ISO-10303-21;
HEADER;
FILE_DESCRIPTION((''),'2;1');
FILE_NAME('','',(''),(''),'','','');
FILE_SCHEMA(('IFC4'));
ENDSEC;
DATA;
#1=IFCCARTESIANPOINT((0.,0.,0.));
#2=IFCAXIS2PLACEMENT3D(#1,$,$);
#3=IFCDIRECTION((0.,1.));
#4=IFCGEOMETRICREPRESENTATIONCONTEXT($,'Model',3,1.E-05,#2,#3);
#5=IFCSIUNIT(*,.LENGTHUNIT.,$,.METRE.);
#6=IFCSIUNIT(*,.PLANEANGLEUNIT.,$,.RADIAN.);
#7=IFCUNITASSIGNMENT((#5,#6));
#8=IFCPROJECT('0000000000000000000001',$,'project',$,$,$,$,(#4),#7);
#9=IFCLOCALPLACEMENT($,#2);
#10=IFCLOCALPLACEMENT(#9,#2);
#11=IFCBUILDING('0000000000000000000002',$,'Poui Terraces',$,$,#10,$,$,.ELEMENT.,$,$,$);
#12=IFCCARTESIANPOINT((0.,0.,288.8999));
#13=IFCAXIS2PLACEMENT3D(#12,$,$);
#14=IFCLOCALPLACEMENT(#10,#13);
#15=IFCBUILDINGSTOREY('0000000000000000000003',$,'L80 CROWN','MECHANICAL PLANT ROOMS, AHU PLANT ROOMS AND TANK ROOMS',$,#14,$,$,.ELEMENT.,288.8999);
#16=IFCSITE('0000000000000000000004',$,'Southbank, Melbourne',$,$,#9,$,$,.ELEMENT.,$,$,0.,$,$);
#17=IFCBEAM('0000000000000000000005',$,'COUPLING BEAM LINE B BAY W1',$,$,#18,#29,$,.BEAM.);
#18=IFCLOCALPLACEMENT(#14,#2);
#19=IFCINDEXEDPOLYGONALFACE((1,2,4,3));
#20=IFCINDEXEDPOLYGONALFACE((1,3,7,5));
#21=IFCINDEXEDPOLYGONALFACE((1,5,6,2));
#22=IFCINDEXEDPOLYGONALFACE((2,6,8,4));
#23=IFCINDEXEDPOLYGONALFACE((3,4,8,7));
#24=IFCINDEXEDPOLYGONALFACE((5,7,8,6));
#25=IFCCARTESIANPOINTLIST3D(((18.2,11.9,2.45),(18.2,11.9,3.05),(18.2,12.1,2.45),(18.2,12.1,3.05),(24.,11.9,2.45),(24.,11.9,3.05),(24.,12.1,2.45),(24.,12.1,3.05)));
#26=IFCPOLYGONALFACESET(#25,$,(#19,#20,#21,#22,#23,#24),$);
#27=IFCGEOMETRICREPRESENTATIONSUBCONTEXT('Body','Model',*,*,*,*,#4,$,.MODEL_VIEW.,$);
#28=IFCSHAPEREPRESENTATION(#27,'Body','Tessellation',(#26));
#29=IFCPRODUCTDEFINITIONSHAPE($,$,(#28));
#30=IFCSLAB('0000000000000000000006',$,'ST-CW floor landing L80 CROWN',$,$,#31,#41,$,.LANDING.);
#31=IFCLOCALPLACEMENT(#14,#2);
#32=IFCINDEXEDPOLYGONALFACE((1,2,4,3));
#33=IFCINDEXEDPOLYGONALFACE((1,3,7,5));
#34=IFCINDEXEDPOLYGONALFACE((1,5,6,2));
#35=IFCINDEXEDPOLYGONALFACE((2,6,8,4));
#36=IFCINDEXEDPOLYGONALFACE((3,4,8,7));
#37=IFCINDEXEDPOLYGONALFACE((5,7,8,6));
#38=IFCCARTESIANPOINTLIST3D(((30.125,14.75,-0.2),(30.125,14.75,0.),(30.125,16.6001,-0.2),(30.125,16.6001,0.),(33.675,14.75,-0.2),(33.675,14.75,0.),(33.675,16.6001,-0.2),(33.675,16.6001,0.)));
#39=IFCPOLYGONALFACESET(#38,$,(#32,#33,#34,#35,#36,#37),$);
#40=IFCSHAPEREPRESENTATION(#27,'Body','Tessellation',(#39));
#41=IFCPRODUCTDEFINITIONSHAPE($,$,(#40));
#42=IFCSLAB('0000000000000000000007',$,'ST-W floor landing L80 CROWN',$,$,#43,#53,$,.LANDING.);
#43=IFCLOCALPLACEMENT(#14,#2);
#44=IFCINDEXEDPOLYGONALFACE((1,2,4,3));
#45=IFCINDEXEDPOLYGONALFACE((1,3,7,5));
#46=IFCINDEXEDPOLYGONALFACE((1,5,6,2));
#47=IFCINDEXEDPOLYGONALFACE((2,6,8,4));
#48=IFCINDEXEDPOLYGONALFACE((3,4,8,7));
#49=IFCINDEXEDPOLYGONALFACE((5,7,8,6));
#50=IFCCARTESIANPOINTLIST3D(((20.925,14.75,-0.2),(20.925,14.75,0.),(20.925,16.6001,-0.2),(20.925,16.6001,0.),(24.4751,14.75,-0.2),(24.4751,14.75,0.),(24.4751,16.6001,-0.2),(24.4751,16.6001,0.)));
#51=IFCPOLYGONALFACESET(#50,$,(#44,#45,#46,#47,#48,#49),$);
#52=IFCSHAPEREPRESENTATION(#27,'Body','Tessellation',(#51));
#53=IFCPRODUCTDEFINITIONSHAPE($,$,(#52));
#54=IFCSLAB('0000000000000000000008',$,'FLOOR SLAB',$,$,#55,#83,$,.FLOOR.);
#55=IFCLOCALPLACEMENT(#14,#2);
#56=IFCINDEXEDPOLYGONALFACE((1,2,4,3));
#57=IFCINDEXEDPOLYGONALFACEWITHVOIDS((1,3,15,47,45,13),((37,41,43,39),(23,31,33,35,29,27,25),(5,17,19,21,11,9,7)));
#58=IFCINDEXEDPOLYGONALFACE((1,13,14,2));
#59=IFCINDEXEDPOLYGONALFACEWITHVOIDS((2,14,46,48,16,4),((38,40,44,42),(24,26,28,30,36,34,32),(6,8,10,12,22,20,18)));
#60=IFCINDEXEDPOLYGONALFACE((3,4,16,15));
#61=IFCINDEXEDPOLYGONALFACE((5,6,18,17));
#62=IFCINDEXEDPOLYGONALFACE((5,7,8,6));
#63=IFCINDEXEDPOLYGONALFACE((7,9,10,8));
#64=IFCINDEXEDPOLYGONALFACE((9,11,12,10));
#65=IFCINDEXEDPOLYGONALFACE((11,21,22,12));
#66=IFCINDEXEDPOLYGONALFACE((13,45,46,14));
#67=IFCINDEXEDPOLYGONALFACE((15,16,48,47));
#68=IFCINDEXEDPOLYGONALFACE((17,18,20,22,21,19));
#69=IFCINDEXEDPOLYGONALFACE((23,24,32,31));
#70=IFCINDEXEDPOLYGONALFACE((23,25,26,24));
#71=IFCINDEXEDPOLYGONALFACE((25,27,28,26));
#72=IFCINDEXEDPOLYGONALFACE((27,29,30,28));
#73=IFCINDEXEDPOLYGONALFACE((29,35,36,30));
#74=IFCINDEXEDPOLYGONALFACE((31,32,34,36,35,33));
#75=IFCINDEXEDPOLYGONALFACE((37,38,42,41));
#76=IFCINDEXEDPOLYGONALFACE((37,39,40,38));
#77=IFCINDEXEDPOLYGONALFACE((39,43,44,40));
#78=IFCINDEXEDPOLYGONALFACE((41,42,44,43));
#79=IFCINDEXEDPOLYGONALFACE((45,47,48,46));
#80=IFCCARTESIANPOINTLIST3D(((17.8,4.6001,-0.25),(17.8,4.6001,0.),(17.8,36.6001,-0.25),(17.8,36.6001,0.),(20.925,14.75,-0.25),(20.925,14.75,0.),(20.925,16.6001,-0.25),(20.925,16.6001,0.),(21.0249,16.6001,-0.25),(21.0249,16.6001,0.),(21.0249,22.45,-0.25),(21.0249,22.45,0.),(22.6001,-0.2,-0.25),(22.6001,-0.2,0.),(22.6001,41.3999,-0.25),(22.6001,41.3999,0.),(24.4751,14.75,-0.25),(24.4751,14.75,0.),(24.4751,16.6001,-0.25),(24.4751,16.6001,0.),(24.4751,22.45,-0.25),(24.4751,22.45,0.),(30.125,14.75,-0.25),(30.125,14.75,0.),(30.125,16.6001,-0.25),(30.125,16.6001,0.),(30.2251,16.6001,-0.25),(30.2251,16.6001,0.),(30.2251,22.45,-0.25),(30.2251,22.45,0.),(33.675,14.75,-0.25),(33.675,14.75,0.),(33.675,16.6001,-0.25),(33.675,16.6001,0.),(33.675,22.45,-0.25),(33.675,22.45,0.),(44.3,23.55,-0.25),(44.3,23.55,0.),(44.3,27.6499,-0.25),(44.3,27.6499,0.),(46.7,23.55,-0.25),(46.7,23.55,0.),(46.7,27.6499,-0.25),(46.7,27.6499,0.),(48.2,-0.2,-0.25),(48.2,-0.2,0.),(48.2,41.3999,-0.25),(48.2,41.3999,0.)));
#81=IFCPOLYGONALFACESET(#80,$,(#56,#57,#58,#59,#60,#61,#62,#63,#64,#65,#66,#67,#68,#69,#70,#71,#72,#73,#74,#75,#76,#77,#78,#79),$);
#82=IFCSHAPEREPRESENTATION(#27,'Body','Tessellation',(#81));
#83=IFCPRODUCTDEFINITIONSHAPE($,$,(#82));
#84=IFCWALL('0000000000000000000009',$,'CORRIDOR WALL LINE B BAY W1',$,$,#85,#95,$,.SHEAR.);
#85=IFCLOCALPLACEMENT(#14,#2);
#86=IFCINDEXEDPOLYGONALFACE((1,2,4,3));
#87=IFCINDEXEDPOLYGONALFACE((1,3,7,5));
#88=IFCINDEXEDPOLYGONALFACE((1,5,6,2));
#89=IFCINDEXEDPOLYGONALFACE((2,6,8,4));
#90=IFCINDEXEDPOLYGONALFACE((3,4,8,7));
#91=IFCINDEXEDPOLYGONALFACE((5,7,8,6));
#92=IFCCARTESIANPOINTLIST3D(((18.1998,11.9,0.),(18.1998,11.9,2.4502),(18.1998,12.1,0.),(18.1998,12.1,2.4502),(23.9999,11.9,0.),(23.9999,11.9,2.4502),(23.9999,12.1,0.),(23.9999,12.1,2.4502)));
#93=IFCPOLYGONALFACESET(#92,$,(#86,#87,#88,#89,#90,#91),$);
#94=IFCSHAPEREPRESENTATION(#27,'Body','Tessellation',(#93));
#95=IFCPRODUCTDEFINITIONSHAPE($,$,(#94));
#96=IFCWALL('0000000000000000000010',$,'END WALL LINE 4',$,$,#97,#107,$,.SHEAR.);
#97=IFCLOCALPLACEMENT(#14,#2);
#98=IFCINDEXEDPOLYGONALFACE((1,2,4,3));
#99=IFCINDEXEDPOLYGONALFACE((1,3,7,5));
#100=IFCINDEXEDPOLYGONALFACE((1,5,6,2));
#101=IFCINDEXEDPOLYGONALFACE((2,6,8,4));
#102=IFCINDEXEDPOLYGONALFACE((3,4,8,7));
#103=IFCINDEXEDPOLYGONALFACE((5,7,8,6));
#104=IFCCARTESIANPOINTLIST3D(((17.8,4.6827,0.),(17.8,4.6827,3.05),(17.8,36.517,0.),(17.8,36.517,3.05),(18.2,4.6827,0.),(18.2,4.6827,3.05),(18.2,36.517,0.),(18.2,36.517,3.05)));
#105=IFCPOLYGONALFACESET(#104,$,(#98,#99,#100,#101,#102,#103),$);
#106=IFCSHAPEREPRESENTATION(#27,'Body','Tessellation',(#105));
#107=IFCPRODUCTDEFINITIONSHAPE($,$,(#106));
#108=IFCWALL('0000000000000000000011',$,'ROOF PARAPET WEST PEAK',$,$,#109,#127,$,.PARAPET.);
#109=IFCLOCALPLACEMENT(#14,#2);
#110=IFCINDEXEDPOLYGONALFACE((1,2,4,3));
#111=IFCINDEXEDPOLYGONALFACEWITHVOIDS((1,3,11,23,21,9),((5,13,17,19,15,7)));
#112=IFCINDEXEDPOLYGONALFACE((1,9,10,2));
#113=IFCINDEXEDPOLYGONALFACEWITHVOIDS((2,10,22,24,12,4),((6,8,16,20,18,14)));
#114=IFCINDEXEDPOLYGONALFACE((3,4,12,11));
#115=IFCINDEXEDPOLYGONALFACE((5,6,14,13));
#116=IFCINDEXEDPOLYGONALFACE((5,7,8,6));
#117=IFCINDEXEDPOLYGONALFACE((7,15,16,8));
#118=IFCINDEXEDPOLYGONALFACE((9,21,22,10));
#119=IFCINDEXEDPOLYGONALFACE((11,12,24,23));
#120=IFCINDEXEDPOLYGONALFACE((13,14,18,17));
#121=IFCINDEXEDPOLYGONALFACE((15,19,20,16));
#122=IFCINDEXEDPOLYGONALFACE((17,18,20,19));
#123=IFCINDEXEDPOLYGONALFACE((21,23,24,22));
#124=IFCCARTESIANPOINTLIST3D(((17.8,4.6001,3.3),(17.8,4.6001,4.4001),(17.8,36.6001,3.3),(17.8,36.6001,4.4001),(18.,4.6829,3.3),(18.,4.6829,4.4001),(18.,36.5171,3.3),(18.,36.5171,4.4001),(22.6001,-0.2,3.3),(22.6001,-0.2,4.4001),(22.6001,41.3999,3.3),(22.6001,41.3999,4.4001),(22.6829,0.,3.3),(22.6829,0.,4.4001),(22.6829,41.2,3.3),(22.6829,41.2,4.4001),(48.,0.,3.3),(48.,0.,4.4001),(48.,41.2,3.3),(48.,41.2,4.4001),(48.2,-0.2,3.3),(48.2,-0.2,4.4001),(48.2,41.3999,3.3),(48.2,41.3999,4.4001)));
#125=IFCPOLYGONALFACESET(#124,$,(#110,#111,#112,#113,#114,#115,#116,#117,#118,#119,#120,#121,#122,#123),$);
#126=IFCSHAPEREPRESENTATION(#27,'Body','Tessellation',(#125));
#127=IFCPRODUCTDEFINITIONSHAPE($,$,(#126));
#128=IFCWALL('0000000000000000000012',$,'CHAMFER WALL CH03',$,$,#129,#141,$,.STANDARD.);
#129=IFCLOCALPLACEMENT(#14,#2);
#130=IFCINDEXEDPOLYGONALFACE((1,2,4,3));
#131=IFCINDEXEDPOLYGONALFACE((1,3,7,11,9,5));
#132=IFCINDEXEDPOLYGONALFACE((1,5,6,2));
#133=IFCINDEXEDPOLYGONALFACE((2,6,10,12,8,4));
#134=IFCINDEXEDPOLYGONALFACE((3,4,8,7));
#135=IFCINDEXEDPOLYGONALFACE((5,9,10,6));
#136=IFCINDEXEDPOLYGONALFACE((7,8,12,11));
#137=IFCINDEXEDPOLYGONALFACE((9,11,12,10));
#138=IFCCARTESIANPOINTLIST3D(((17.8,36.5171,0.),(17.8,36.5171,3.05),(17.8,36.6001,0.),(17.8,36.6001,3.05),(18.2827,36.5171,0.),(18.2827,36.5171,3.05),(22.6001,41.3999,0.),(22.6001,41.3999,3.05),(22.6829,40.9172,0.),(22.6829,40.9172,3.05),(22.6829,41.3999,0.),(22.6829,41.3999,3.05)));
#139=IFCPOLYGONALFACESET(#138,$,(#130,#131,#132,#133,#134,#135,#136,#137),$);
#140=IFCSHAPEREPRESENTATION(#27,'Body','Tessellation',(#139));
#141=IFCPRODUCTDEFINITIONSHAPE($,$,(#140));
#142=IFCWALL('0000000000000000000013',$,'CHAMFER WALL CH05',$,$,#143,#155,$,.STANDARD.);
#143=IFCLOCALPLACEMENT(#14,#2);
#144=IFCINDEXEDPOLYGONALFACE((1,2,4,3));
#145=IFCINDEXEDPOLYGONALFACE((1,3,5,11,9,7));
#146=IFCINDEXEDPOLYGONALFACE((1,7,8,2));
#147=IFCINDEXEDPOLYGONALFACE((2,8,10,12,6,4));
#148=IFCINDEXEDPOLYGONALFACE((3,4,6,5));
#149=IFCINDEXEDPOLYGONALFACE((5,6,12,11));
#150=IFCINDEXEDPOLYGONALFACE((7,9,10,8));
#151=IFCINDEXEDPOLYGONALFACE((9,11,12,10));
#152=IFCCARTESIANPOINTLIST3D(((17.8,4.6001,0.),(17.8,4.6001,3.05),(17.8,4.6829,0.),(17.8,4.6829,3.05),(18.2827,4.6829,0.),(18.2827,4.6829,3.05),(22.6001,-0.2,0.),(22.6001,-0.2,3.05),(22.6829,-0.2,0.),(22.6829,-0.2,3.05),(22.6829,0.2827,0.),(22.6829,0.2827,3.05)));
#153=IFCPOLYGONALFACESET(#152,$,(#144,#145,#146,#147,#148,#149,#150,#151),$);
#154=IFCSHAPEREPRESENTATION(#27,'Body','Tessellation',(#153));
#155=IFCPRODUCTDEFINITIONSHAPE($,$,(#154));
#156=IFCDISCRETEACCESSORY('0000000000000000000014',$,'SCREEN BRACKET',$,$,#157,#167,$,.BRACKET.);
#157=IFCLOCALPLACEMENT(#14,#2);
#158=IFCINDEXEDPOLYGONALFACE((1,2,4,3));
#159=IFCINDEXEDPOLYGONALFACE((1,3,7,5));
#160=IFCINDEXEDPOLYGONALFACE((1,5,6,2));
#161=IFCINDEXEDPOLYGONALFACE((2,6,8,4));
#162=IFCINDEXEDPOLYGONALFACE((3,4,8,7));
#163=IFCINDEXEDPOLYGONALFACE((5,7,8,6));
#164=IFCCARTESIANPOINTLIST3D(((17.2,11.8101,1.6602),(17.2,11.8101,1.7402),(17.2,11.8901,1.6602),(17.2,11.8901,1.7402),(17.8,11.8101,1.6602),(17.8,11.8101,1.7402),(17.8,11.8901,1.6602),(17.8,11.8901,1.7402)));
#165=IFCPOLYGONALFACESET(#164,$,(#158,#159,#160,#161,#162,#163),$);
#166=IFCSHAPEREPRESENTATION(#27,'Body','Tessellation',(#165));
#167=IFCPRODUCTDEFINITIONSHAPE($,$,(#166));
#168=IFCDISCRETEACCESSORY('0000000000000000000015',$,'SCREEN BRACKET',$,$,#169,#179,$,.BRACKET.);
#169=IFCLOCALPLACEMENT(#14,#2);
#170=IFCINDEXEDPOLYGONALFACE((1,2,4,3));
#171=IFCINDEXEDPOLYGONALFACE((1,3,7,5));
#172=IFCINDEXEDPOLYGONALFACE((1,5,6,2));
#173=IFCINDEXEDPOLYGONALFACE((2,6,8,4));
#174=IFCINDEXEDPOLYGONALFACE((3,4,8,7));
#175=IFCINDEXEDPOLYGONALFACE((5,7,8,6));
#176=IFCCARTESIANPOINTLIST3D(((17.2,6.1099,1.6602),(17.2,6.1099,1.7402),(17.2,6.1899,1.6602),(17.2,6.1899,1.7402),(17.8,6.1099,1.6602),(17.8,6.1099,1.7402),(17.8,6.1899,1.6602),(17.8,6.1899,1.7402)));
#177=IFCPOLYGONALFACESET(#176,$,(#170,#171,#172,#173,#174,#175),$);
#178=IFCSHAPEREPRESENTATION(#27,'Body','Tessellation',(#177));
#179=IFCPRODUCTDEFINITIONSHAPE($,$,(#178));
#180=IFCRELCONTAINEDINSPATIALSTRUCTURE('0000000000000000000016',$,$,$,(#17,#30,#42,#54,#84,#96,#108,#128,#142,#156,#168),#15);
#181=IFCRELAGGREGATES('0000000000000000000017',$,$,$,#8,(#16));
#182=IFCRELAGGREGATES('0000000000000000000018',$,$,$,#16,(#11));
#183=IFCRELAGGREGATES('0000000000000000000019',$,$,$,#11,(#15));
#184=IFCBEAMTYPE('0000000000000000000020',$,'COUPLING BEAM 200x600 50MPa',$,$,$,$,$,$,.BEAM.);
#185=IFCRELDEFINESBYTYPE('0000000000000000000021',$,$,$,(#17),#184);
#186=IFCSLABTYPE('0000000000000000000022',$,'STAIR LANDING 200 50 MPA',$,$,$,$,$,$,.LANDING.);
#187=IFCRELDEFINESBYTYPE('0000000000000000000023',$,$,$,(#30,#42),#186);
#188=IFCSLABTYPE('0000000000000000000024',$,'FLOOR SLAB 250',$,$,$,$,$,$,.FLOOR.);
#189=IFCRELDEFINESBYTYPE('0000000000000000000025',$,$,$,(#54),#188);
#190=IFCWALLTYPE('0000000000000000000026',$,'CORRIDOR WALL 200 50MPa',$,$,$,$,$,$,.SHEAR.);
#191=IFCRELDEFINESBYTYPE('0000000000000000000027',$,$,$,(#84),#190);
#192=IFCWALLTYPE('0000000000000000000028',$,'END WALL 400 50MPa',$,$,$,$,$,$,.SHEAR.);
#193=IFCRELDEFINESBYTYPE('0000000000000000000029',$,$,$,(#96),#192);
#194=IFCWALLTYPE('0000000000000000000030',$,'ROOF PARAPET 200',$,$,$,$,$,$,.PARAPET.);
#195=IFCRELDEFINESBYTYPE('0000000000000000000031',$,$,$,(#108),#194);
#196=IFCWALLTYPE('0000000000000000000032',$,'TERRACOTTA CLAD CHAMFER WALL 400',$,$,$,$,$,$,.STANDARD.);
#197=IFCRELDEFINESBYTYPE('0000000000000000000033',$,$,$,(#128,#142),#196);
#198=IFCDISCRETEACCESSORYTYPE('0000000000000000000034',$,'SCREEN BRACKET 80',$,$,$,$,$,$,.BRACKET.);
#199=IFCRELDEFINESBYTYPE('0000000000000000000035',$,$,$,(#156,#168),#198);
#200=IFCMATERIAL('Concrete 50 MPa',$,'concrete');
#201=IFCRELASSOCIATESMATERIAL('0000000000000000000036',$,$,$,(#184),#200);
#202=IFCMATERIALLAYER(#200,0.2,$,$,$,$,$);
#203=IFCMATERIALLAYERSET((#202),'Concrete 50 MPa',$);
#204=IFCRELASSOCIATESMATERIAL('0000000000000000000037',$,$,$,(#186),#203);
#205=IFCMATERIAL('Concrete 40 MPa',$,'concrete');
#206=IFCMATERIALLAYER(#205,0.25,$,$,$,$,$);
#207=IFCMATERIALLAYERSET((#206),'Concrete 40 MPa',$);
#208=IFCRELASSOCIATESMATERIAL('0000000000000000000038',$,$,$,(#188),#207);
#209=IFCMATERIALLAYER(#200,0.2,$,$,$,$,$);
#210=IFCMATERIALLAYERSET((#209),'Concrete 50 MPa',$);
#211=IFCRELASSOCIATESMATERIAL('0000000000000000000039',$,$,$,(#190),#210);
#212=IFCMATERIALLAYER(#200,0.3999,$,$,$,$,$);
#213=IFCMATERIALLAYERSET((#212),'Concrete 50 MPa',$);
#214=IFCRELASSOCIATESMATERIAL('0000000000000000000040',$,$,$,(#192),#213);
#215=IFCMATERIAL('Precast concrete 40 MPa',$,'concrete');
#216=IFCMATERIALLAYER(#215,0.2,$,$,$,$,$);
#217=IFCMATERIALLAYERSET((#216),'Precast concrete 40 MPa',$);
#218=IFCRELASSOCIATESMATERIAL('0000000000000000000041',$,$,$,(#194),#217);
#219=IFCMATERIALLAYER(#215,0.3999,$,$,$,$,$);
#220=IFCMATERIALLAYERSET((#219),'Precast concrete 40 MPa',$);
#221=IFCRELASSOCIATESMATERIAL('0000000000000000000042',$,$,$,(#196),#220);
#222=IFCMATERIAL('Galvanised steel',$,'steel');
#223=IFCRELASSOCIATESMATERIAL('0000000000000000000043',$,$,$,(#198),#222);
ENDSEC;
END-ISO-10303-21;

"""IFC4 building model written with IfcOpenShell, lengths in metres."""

from ifc_helpers import new_model, si_unit, direction, frame, frame_2d, origin, origin_2d, place, context, subcontext, project, spatial, polyline, rectangle, outline, extrude, source, transform, mapped, material, layer, layer_set, material_profile, profile_set, type_object, element, save


model = new_model("IFC4")

# Units and contexts
model_context = context("Model", 3, precision=1e-05, world=origin(), true_north=direction((0.0, 1.0)))
body_context = subcontext(model_context, "Body", "Model", "MODEL_VIEW")
ifc_project = project(units=[si_unit("LENGTHUNIT", "METRE"), si_unit("PLANEANGLEUNIT", "RADIAN")], contexts=[model_context])

# Site, building, storey
site_placement = place(None, origin())
site = spatial("IfcSite", under=ifc_project, at=site_placement, Name="Southbank, Melbourne", CompositionType="ELEMENT", RefElevation=0.0)
building_placement = place(site_placement, origin())
building = spatial("IfcBuilding", under=site, at=building_placement, Name="Poui Terraces", CompositionType="ELEMENT")
storey_placement = place(building_placement, frame((0.0, 0.0, 288.8999)))
storey = spatial("IfcBuildingStorey", under=building, at=storey_placement, Name="L80 CROWN", Description="MECHANICAL PLANT ROOMS, AHU PLANT ROOMS AND TANK ROOMS", CompositionType="ELEMENT", Elevation=288.8999)

# Beam
ifc_material_1 = material(Name="Concrete 50 MPa", Category="concrete")
ifc_material_profile_1 = material_profile(ifc_material_1, rectangle(XDim=0.2, YDim=0.6001, at=origin_2d()), Name="RC 200x600")
ifc_profile_set_1 = profile_set([ifc_material_profile_1], Name="Concrete 50 MPa")
beam_type = type_object("IfcBeamType", Name="COUPLING BEAM 200x600 50MPa", PredefinedType="BEAM", material=ifc_profile_set_1)
shared_shape_1 = source(origin(), body_context, "Body", "SweptSolid", [
    extrude(rectangle(XDim=0.2, YDim=0.6001, at=origin_2d()), origin(), (0.0, 0.0, 1.0), 5.8),
])
beam_placement = place(storey_placement, frame((18.2, 12.0, 2.75), z_axis=(1.0, 0.0, 0.0), x_axis=(0.0, 1.0, 0.0)))
element("IfcBeam", 1, at=beam_placement, inside=storey, type_object=beam_type, Name="COUPLING BEAM LINE B BAY W1", PredefinedType="BEAM", context=body_context, shape_type="MappedRepresentation", body=[
    mapped(shared_shape_1, transform((0.0, 0.0, 0.0))),
])

# Slabs
ifc_layer_1 = layer(ifc_material_1, 0.2)
ifc_layer_set_1 = layer_set([ifc_layer_1], Name="Concrete 50 MPa")
slab_type_1 = type_object("IfcSlabType", Name="STAIR LANDING 200 50 MPA", PredefinedType="LANDING", material=ifc_layer_set_1)
slab_1_placement = place(storey_placement, frame((0.0, 0.0, -0.2)))
element("IfcSlab", 2, at=slab_1_placement, inside=storey, type_object=slab_type_1, Name="ST-CW floor landing L80 CROWN", PredefinedType="LANDING", context=body_context, shape_type="SweptSolid", body=[
    extrude(outline(polyline([(30.125, 14.75), (33.675, 14.75), (33.675, 16.6001), (30.125, 16.6001), (30.125, 14.75)])), origin(), (0.0, 0.0, 1.0), 0.2),
])
slab_2_placement = place(storey_placement, frame((0.0, 0.0, -0.2)))
element("IfcSlab", 3, at=slab_2_placement, inside=storey, type_object=slab_type_1, Name="ST-W floor landing L80 CROWN", PredefinedType="LANDING", context=body_context, shape_type="SweptSolid", body=[
    extrude(outline(polyline([(20.925, 14.75), (24.4751, 14.75), (24.4751, 16.6001), (20.925, 16.6001), (20.925, 14.75)])), origin(), (0.0, 0.0, 1.0), 0.2),
])
ifc_material_2 = material(Name="Concrete 40 MPa", Category="concrete")
ifc_layer_2 = layer(ifc_material_2, 0.25)
ifc_layer_set_2 = layer_set([ifc_layer_2], Name="Concrete 40 MPa")
slab_type_2 = type_object("IfcSlabType", Name="FLOOR SLAB 250", PredefinedType="FLOOR", material=ifc_layer_set_2)
shared_shape_2 = source(origin(), body_context, "Body", "SweptSolid", [
    extrude(outline(polyline([(0.0, 0.0), (4.8, -4.8), (30.3999, -4.8), (30.3999, 36.7998), (4.8, 36.7998), (0.0, 32.0), (0.0, 0.0)]), holes=[polyline([(3.125, 10.1499), (3.125, 12.0), (3.2249, 12.0), (3.2249, 17.8499), (6.675, 17.8499), (6.675, 12.0), (6.675, 10.1499), (3.125, 10.1499)]), polyline([(12.325, 12.0), (12.425, 12.0), (12.425, 17.8499), (15.875, 17.8499), (15.875, 12.0), (15.875, 10.1499), (12.325, 10.1499), (12.325, 12.0)]), polyline([(28.8999, 23.0498), (28.8999, 18.95), (26.5, 18.95), (26.5, 23.0498), (28.8999, 23.0498)])]), origin(), (0.0, 0.0, 1.0), 0.25),
])
slab_3_placement = place(storey_placement, frame((17.8, 4.6001, -0.25)))
element("IfcSlab", 4, at=slab_3_placement, inside=storey, type_object=slab_type_2, Name="FLOOR SLAB", PredefinedType="FLOOR", context=body_context, shape_type="MappedRepresentation", body=[
    mapped(shared_shape_2, transform((0.0, 0.0, 0.0))),
])

# Walls
ifc_layer_3 = layer(ifc_material_1, 0.2)
ifc_layer_set_3 = layer_set([ifc_layer_3], Name="Concrete 50 MPa")
wall_type_1 = type_object("IfcWallType", Name="CORRIDOR WALL 200 50MPa", PredefinedType="SHEAR", material=ifc_layer_set_3)
wall_1_placement = place(storey_placement, frame((18.2, 12.0, 0.0), z_axis=(0.0, 0.0, 1.0), x_axis=(1.0, 0.0, 0.0)))
element("IfcWall", 5, at=wall_1_placement, inside=storey, type_object=wall_type_1, Name="CORRIDOR WALL LINE B BAY W1", PredefinedType="SHEAR", context=body_context, shape_type="SweptSolid", body=[
    extrude(rectangle(XDim=5.8, YDim=0.2, at=frame_2d((2.8999, 0.0))), origin(), (0.0, 0.0, 1.0), 2.4502),
])
ifc_layer_4 = layer(ifc_material_1, 0.3999)
ifc_layer_set_4 = layer_set([ifc_layer_4], Name="Concrete 50 MPa")
wall_type_2 = type_object("IfcWallType", Name="END WALL 400 50MPa", PredefinedType="SHEAR", material=ifc_layer_set_4)
wall_2_placement = place(storey_placement, frame((18.0, 4.6829, 0.0), z_axis=(0.0, 0.0, 1.0), x_axis=(0.0, 1.0, 0.0)))
element("IfcWall", 6, at=wall_2_placement, inside=storey, type_object=wall_type_2, Name="END WALL LINE 4", PredefinedType="SHEAR", context=body_context, shape_type="SweptSolid", body=[
    extrude(rectangle(XDim=31.8342, YDim=0.3999, at=frame_2d((15.917, 0.0))), origin(), (0.0, 0.0, 1.0), 3.05),
])
ifc_material_3 = material(Name="Precast concrete 40 MPa", Category="concrete")
ifc_layer_5 = layer(ifc_material_3, 0.2)
ifc_layer_set_5 = layer_set([ifc_layer_5], Name="Precast concrete 40 MPa")
wall_type_3 = type_object("IfcWallType", Name="ROOF PARAPET 200", PredefinedType="PARAPET", material=ifc_layer_set_5)
wall_3_placement = place(storey_placement, frame((0.0, 0.0, 3.3)))
element("IfcWall", 7, at=wall_3_placement, inside=storey, type_object=wall_type_3, Name="ROOF PARAPET WEST PEAK", PredefinedType="PARAPET", context=body_context, shape_type="SweptSolid", body=[
    extrude(outline(polyline([(22.6001, -0.2), (48.2, -0.2), (48.2, 41.3999), (22.6001, 41.3999), (17.8, 36.6001), (17.8, 4.6001), (22.6001, -0.2)]), holes=[polyline([(22.6829, 0.0), (18.0, 4.6829), (18.0, 36.5171), (22.6829, 41.2), (48.0, 41.2), (48.0, 0.0), (22.6829, 0.0)])]), origin(), (0.0, 0.0, 1.0), 1.1001),
])
ifc_layer_6 = layer(ifc_material_3, 0.3999)
ifc_layer_set_6 = layer_set([ifc_layer_6], Name="Precast concrete 40 MPa")
wall_type_4 = type_object("IfcWallType", Name="TERRACOTTA CLAD CHAMFER WALL 400", PredefinedType="STANDARD", material=ifc_layer_set_6)
wall_4_placement = place(storey_placement, origin())
element("IfcWall", 8, at=wall_4_placement, inside=storey, type_object=wall_type_4, Name="CHAMFER WALL CH03", PredefinedType="STANDARD", context=body_context, shape_type="SweptSolid", body=[
    extrude(outline(polyline([(22.6829, 41.3999), (22.6001, 41.3999), (17.8, 36.6001), (17.8, 36.5171), (18.2827, 36.5171), (22.6829, 40.9172), (22.6829, 41.3999)])), origin(), (0.0, 0.0, 1.0), 3.05),
])
wall_5_placement = place(storey_placement, origin())
element("IfcWall", 9, at=wall_5_placement, inside=storey, type_object=wall_type_4, Name="CHAMFER WALL CH05", PredefinedType="STANDARD", context=body_context, shape_type="SweptSolid", body=[
    extrude(outline(polyline([(17.8, 4.6829), (17.8, 4.6001), (22.6001, -0.2), (22.6829, -0.2), (22.6829, 0.2827), (18.2827, 4.6829), (17.8, 4.6829)])), origin(), (0.0, 0.0, 1.0), 3.05),
])

# Discrete accessories
ifc_material_4 = material(Name="Galvanised steel", Category="steel")
ifc_material_profile_2 = material_profile(ifc_material_4, rectangle(XDim=0.0801, YDim=0.0801, at=origin_2d()), Name="SCREEN BRACKET 80")
ifc_profile_set_2 = profile_set([ifc_material_profile_2], Name="Galvanised steel")
discrete_accessory_type = type_object("IfcDiscreteAccessoryType", Name="SCREEN BRACKET 80", PredefinedType="BRACKET", material=ifc_profile_set_2)
shared_shape_3 = source(origin(), body_context, "Body", "SweptSolid", [
    extrude(rectangle(XDim=0.0801, YDim=0.0801, at=origin_2d()), origin(), (0.0, 0.0, 1.0), 0.6001),
])
for number, where, z_axis, x_axis, name in (
    (10, (17.8, 11.8501, 1.7002), (-1.0, 0.0, 0.0), (0.0, -1.0, 0.0), "SCREEN BRACKET"),
    (11, (17.8, 6.1499, 1.7002), (-1.0, 0.0, 0.0), (0.0, -1.0, 0.0), "SCREEN BRACKET"),
):
    element("IfcDiscreteAccessory", number, at=place(storey_placement, frame(where, z_axis=z_axis, x_axis=x_axis)), inside=storey, type_object=discrete_accessory_type, Name=name, PredefinedType="BRACKET", context=body_context, shape_type="MappedRepresentation", body=[
        mapped(shared_shape_3, transform((0.0, 0.0, 0.0))),
    ])

save(model, "model.ifc")
